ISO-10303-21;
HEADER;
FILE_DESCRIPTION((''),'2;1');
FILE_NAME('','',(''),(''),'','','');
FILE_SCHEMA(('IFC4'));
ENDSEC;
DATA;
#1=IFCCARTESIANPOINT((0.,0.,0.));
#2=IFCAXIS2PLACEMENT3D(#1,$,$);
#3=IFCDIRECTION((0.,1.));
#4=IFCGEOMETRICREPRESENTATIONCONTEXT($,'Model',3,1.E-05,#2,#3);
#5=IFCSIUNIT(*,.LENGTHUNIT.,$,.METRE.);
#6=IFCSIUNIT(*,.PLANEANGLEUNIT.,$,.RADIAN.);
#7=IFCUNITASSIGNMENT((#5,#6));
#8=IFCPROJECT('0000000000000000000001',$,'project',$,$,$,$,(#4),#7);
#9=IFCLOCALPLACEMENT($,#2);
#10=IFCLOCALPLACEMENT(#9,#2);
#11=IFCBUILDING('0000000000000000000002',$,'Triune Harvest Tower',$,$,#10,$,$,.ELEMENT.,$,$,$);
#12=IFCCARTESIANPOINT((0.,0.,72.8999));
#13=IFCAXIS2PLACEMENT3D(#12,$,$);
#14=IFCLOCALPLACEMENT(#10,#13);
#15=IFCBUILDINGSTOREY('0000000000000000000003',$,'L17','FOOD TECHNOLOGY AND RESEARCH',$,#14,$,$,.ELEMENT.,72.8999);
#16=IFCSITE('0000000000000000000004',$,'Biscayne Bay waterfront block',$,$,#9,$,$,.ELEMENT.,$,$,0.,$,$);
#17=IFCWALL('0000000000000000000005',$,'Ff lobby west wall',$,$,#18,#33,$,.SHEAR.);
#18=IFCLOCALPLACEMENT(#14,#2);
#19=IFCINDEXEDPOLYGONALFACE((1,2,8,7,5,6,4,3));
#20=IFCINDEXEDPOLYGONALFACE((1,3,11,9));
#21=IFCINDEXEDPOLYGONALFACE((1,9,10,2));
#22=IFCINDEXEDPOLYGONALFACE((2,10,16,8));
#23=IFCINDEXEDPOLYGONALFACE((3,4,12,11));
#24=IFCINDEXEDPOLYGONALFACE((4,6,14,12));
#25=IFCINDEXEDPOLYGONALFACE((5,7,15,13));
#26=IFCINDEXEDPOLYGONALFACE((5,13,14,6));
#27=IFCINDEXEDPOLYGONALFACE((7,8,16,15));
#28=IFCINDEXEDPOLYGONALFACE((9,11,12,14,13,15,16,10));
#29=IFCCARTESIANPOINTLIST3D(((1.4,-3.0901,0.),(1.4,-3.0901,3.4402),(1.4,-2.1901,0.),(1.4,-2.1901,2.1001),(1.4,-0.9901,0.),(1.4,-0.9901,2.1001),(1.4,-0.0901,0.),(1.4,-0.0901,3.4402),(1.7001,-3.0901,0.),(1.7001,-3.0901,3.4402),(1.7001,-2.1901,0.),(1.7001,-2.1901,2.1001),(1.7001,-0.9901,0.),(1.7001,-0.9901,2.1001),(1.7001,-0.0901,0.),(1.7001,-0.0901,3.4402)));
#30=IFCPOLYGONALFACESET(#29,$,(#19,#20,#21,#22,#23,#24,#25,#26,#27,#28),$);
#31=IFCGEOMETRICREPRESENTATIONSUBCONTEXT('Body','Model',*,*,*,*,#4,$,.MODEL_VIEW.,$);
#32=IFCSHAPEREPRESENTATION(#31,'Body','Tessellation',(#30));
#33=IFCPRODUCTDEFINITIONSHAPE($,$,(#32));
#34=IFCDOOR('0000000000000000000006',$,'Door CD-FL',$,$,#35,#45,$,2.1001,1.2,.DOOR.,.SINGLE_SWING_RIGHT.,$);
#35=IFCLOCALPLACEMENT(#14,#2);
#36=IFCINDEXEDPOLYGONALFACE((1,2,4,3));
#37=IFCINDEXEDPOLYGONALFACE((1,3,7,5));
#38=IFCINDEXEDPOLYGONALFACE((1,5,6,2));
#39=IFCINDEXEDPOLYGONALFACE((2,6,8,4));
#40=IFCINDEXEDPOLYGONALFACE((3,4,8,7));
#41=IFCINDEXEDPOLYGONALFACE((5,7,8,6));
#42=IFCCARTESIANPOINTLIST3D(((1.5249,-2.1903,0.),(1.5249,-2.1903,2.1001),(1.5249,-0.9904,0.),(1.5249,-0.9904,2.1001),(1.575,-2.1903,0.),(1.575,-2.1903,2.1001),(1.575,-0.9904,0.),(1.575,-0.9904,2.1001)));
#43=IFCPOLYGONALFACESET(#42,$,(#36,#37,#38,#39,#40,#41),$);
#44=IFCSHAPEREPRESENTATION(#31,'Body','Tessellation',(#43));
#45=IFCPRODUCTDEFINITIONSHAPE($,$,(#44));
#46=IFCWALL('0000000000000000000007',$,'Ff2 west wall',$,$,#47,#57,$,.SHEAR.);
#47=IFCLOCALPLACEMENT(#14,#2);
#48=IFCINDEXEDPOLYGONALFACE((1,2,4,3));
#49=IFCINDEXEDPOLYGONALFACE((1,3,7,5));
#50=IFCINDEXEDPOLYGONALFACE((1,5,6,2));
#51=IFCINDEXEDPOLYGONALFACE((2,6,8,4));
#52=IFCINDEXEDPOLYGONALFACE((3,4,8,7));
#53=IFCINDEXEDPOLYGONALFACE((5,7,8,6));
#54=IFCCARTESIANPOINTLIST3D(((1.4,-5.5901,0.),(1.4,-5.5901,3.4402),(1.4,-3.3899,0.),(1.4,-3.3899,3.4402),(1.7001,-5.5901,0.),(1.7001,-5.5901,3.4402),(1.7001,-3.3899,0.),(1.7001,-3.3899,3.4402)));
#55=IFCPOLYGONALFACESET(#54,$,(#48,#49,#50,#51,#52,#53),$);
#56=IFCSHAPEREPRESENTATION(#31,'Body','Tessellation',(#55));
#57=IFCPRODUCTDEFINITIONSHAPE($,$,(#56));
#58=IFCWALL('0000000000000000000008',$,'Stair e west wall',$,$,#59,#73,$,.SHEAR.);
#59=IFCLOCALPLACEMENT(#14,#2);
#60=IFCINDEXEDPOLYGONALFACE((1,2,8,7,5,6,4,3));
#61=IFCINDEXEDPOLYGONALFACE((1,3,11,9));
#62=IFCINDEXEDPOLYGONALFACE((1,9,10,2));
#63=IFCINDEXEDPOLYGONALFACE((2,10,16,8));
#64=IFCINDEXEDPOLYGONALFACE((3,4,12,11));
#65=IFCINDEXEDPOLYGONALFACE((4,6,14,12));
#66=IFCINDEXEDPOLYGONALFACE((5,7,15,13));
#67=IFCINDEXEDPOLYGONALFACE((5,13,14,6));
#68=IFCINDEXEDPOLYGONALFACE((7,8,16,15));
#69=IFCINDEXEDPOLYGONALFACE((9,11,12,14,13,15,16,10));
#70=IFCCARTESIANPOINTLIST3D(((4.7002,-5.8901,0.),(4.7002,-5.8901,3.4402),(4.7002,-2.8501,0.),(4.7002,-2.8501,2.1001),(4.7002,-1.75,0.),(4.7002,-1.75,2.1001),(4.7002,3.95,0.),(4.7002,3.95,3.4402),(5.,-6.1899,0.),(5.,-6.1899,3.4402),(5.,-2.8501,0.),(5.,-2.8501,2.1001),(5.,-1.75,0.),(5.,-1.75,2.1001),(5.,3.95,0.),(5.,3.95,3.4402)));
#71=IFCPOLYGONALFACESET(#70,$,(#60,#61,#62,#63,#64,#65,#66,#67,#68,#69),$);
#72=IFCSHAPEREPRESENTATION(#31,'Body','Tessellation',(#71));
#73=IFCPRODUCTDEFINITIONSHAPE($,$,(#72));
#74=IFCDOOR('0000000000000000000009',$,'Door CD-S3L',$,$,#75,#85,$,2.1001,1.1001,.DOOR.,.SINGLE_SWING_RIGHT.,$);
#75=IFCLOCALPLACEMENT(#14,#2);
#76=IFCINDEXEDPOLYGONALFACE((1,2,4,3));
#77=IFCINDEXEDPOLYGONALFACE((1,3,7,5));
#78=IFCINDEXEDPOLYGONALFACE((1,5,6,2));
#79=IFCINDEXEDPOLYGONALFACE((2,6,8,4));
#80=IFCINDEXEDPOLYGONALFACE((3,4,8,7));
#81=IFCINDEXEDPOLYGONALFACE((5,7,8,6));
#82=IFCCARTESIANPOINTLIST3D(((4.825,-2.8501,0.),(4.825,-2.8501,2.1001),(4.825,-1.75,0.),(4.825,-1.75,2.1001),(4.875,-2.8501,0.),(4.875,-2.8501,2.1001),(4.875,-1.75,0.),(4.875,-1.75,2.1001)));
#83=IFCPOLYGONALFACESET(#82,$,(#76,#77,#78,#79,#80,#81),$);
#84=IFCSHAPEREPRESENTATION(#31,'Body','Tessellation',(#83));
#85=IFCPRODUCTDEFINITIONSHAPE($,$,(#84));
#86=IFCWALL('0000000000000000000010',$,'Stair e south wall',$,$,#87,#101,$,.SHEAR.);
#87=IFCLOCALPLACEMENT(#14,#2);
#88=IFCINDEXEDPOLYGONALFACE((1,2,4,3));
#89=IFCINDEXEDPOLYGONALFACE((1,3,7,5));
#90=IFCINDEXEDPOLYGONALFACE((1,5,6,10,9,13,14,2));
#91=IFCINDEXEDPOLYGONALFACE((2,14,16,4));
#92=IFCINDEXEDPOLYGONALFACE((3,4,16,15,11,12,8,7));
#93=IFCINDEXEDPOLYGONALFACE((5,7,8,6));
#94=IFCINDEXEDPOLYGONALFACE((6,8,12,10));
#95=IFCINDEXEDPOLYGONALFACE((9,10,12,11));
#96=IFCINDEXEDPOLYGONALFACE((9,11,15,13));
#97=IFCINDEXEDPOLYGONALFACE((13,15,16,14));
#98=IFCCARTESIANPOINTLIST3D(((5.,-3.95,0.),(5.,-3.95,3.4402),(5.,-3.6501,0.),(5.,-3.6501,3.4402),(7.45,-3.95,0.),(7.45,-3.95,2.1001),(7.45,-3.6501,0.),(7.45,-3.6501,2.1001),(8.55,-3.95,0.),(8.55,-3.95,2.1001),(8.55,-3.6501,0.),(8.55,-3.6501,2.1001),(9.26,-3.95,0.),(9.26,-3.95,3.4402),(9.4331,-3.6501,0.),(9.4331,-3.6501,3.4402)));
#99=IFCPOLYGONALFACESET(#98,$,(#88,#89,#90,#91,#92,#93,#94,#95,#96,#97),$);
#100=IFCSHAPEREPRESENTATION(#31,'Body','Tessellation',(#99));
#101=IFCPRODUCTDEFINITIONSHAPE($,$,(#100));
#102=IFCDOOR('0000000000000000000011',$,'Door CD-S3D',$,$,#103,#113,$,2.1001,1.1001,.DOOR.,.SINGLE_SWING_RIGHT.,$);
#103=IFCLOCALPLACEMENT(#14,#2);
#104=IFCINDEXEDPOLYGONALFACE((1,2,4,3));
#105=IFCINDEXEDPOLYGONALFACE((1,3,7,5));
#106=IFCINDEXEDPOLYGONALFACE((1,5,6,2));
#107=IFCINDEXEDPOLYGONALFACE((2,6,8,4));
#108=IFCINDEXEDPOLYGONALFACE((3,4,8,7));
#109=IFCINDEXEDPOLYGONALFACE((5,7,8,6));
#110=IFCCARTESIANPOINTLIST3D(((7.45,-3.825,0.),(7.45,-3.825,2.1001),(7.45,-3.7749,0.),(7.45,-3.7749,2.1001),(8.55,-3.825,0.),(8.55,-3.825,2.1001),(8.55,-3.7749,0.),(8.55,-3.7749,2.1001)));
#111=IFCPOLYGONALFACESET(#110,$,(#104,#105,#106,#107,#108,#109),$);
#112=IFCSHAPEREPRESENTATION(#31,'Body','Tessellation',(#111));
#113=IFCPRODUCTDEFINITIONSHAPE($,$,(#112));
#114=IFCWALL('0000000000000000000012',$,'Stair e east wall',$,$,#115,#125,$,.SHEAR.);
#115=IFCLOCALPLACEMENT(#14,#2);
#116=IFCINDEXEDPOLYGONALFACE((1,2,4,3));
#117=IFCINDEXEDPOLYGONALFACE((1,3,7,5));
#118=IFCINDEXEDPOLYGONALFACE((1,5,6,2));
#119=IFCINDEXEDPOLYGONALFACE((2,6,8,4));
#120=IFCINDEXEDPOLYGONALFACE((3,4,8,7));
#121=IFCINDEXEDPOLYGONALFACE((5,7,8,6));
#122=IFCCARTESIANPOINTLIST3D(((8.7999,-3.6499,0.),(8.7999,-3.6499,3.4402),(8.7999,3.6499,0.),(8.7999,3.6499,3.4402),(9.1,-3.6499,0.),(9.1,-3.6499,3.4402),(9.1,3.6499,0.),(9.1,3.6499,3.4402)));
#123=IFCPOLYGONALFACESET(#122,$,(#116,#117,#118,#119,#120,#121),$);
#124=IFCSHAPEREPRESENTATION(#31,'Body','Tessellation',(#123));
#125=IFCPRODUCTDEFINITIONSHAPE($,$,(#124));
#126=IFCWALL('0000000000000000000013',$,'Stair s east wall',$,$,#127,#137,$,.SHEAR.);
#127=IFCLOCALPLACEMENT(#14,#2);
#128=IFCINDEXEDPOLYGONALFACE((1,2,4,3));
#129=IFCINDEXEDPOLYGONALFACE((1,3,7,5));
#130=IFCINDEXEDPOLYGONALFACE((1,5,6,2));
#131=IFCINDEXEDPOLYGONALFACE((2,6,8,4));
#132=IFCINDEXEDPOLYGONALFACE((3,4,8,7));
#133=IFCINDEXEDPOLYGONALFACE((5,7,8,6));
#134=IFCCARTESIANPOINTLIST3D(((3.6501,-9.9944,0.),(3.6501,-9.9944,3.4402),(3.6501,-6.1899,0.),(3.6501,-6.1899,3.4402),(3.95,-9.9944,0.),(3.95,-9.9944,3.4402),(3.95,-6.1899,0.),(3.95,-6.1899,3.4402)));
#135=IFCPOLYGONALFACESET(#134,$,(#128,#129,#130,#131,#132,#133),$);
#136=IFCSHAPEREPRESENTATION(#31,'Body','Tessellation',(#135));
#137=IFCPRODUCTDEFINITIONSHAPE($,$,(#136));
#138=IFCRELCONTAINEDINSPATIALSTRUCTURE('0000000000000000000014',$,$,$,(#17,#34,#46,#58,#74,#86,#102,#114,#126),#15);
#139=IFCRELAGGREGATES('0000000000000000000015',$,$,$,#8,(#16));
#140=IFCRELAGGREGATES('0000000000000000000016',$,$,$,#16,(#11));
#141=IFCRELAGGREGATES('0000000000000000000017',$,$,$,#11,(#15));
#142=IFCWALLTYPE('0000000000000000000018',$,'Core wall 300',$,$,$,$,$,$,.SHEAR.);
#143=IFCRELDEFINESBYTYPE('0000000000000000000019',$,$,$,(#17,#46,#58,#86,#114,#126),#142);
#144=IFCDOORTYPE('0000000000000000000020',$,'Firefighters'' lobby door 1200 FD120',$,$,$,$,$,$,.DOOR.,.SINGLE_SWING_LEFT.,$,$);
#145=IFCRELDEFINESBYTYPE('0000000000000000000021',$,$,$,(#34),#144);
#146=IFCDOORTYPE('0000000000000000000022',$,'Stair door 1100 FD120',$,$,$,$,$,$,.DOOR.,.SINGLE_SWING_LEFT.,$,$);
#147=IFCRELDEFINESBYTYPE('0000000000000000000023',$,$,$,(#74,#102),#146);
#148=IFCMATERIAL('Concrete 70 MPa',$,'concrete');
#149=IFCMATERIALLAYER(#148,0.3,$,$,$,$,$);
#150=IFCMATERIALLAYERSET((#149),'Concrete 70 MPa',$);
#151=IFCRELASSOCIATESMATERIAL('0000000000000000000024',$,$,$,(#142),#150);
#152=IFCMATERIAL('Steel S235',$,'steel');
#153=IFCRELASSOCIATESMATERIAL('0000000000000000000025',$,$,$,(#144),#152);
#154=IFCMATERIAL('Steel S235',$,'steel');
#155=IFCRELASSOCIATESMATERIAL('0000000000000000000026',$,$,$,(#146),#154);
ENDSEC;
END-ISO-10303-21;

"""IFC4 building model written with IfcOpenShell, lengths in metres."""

from ifc_helpers import new_model, si_unit, direction, frame, frame_2d, origin, place, context, subcontext, project, spatial, polyline, rectangle, outline, extrude, source, transform, mapped, material, layer, layer_set, type_object, element, fill, save


model = new_model("IFC4")

# Units and contexts
model_context = context("Model", 3, precision=1e-05, world=origin(), true_north=direction((0.0, 1.0)))
body_context = subcontext(model_context, "Body", "Model", "MODEL_VIEW")
ifc_project = project(units=[si_unit("LENGTHUNIT", "METRE"), si_unit("PLANEANGLEUNIT", "RADIAN")], contexts=[model_context])

# Site, building, storey
site_placement = place(None, origin())
site = spatial("IfcSite", under=ifc_project, at=site_placement, Name="Biscayne Bay waterfront block", CompositionType="ELEMENT", RefElevation=0.0)
building_placement = place(site_placement, origin())
building = spatial("IfcBuilding", under=site, at=building_placement, Name="Triune Harvest Tower", CompositionType="ELEMENT")
storey_placement = place(building_placement, frame((0.0, 0.0, 72.8999)))
storey = spatial("IfcBuildingStorey", under=building, at=storey_placement, Name="L17", Description="FOOD TECHNOLOGY AND RESEARCH", CompositionType="ELEMENT", Elevation=72.8999)

# Shared definitions
ifc_material_1 = material(Name="Concrete 70 MPa", Category="concrete")
ifc_layer_1 = layer(ifc_material_1, 0.3)
ifc_layer_set_1 = layer_set([ifc_layer_1], Name="Concrete 70 MPa")
wall_type_1 = type_object("IfcWallType", Name="Core wall 300", PredefinedType="SHEAR", material=ifc_layer_set_1)

# Wall, opening, door
shared_shape_1 = source(origin(), body_context, "Body", "SweptSolid", [
    extrude(rectangle(XDim=3.0, YDim=0.3, at=frame_2d((1.5, 0.0))), origin(), (0.0, 0.0, 1.0), 3.4402),
])
wall_1_placement = place(storey_placement, frame((1.55, -3.0901, 0.0), z_axis=(0.0, 0.0, 1.0), x_axis=(0.0, 1.0, 0.0)))
wall_1 = element("IfcWall", 1, at=wall_1_placement, inside=storey, type_object=wall_type_1, Name="Ff lobby west wall", PredefinedType="SHEAR", context=body_context, shape_type="MappedRepresentation", body=[
    mapped(shared_shape_1, transform((0.0, 0.0, 0.0), scale=1.0)),
])
opening_1_placement = place(wall_1_placement, frame((0.8999, 0.0, 0.0)))
opening_1 = element("IfcOpeningElement", 2, at=opening_1_placement, cuts=wall_1, PredefinedType="OPENING", context=body_context, shape_type="SweptSolid", body=[
    extrude(rectangle(XDim=1.2, YDim=2.1001, at=frame_2d((0.6001, 1.05))), frame((0.0, 0.1602, 0.0), z_axis=(0.0, -1.0, 0.0), x_axis=(1.0, 0.0, 0.0)), (0.0, 0.0, 1.0), 0.3201),
])
ifc_material_2 = material(Name="Steel S235", Category="steel")
door_type_1 = type_object("IfcDoorType", Name="Firefighters' lobby door 1200 FD120", OperationType="SINGLE_SWING_LEFT", PredefinedType="DOOR", material=ifc_material_2)
door_1_placement = place(opening_1_placement, frame((1.2, 0.0, 0.0), z_axis=(0.0, 0.0, 1.0), x_axis=(-1.0, 0.0, 0.0)))
door_1 = element("IfcDoor", 3, at=door_1_placement, inside=storey, type_object=door_type_1, Name="Door CD-FL", OperationType="SINGLE_SWING_RIGHT", OverallHeight=2.1001, OverallWidth=1.2, PredefinedType="DOOR", context=body_context, shape_type="SweptSolid", body=[
    extrude(rectangle(XDim=1.2, YDim=2.1001, at=frame_2d((0.6001, 1.05))), frame((0.0, 0.0249, 0.0), z_axis=(0.0, -1.0, 0.0), x_axis=(1.0, 0.0, 0.0)), (0.0, 0.0, 1.0), 0.05),
])
fill(opening_1, door_1)

# Wall
shared_shape_2 = source(origin(), body_context, "Body", "SweptSolid", [
    extrude(rectangle(XDim=2.2002, YDim=0.3, at=frame_2d((1.1001, 0.0))), origin(), (0.0, 0.0, 1.0), 3.4402),
])
wall_2_placement = place(storey_placement, frame((1.55, -5.5901, 0.0), z_axis=(0.0, 0.0, 1.0), x_axis=(0.0, 1.0, 0.0)))
element("IfcWall", 4, at=wall_2_placement, inside=storey, type_object=wall_type_1, Name="Ff2 west wall", PredefinedType="SHEAR", context=body_context, shape_type="MappedRepresentation", body=[
    mapped(shared_shape_2, transform((0.0, 0.0, 0.0), scale=1.0)),
])

# Walls, openings, doors
shared_shape_3 = source(origin(), body_context, "Body", "SweptSolid", [
    extrude(outline(polyline([(-0.1499, -0.1499), (9.99, -0.1499), (9.99, 0.1499), (0.1499, 0.1499), (-0.1499, -0.1499)])), origin(), (0.0, 0.0, 1.0), 3.4402),
])
wall_3_placement = place(storey_placement, frame((4.8501, -6.04, 0.0), z_axis=(0.0, 0.0, 1.0), x_axis=(0.0, 1.0, 0.0)))
wall_3 = element("IfcWall", 5, at=wall_3_placement, inside=storey, type_object=wall_type_1, Name="Stair e west wall", PredefinedType="SHEAR", context=body_context, shape_type="MappedRepresentation", body=[
    mapped(shared_shape_3, transform((0.0, 0.0, 0.0), scale=1.0)),
])
opening_2_placement = place(wall_3_placement, frame((3.1899, 0.0, 0.0)))
opening_2 = element("IfcOpeningElement", 6, at=opening_2_placement, cuts=wall_3, PredefinedType="OPENING", context=body_context, shape_type="SweptSolid", body=[
    extrude(rectangle(XDim=1.1001, YDim=2.1001, at=frame_2d((0.55, 1.05))), frame((0.0, 0.1602, 0.0), z_axis=(0.0, -1.0, 0.0), x_axis=(1.0, 0.0, 0.0)), (0.0, 0.0, 1.0), 0.3201),
])
ifc_material_3 = material(Name="Steel S235", Category="steel")
door_type_2 = type_object("IfcDoorType", Name="Stair door 1100 FD120", OperationType="SINGLE_SWING_LEFT", PredefinedType="DOOR", material=ifc_material_3)
door_2_placement = place(opening_2_placement, frame((1.1001, 0.0, 0.0), z_axis=(0.0, 0.0, 1.0), x_axis=(-1.0, 0.0, 0.0)))
door_2 = element("IfcDoor", 7, at=door_2_placement, inside=storey, type_object=door_type_2, Name="Door CD-S3L", OperationType="SINGLE_SWING_RIGHT", OverallHeight=2.1001, OverallWidth=1.1001, PredefinedType="DOOR", context=body_context, shape_type="SweptSolid", body=[
    extrude(rectangle(XDim=1.1001, YDim=2.1001, at=frame_2d((0.55, 1.05))), frame((0.0, 0.0249, 0.0), z_axis=(0.0, -1.0, 0.0), x_axis=(1.0, 0.0, 0.0)), (0.0, 0.0, 1.0), 0.05),
])
fill(opening_2, door_2)
shared_shape_4 = source(origin(), body_context, "Body", "SweptSolid", [
    extrude(outline(polyline([(0.0, -0.1499), (0.0, 0.1499), (4.4331, 0.1499), (4.26, -0.1499), (0.0, -0.1499)])), origin(), (0.0, 0.0, 1.0), 3.4402),
])
wall_4_placement = place(storey_placement, frame((5.0, -3.8, 0.0), z_axis=(0.0, 0.0, 1.0), x_axis=(1.0, 0.0, 0.0)))
wall_4 = element("IfcWall", 8, at=wall_4_placement, inside=storey, type_object=wall_type_1, Name="Stair e south wall", PredefinedType="SHEAR", context=body_context, shape_type="MappedRepresentation", body=[
    mapped(shared_shape_4, transform((0.0, 0.0, 0.0), scale=1.0)),
])
opening_3_placement = place(wall_4_placement, frame((2.45, 0.0, 0.0)))
opening_3 = element("IfcOpeningElement", 9, at=opening_3_placement, cuts=wall_4, PredefinedType="OPENING", context=body_context, shape_type="SweptSolid", body=[
    extrude(rectangle(XDim=1.1001, YDim=2.1001, at=frame_2d((0.55, 1.05))), frame((0.0, 0.1602, 0.0), z_axis=(0.0, -1.0, 0.0), x_axis=(1.0, 0.0, 0.0)), (0.0, 0.0, 1.0), 0.3201),
])
door_3_placement = place(opening_3_placement, frame((1.1001, 0.0, 0.0), z_axis=(0.0, 0.0, 1.0), x_axis=(-1.0, 0.0, 0.0)))
door_3 = element("IfcDoor", 10, at=door_3_placement, inside=storey, type_object=door_type_2, Name="Door CD-S3D", OperationType="SINGLE_SWING_RIGHT", OverallHeight=2.1001, OverallWidth=1.1001, PredefinedType="DOOR", context=body_context, shape_type="SweptSolid", body=[
    extrude(rectangle(XDim=1.1001, YDim=2.1001, at=frame_2d((0.55, 1.05))), frame((0.0, 0.0249, 0.0), z_axis=(0.0, -1.0, 0.0), x_axis=(1.0, 0.0, 0.0)), (0.0, 0.0, 1.0), 0.05),
])
fill(opening_3, door_3)

# Walls
shared_shape_5 = source(origin(), body_context, "Body", "SweptSolid", [
    extrude(rectangle(XDim=7.2998, YDim=0.3, at=frame_2d((3.6499, 0.0))), origin(), (0.0, 0.0, 1.0), 3.4402),
])
wall_5_placement = place(storey_placement, frame((8.95, -3.6499, 0.0), z_axis=(0.0, 0.0, 1.0), x_axis=(0.0, 1.0, 0.0)))
element("IfcWall", 11, at=wall_5_placement, inside=storey, type_object=wall_type_1, Name="Stair e east wall", PredefinedType="SHEAR", context=body_context, shape_type="MappedRepresentation", body=[
    mapped(shared_shape_5, transform((0.0, 0.0, 0.0), scale=1.0)),
])
shared_shape_6 = source(origin(), body_context, "Body", "SweptSolid", [
    extrude(outline(polyline([(3.8, -0.1499), (-0.0044, -0.1499), (-0.0044, 0.1499), (3.8, 0.1499), (3.8, -0.1499)])), origin(), (0.0, 0.0, 1.0), 3.4402),
])
wall_6_placement = place(storey_placement, frame((3.8, -9.99, 0.0), z_axis=(0.0, 0.0, 1.0), x_axis=(0.0, 1.0, 0.0)))
element("IfcWall", 12, at=wall_6_placement, inside=storey, type_object=wall_type_1, Name="Stair s east wall", PredefinedType="SHEAR", context=body_context, shape_type="MappedRepresentation", body=[
    mapped(shared_shape_6, transform((0.0, 0.0, 0.0), scale=1.0)),
])

save(model, "model.ifc")
